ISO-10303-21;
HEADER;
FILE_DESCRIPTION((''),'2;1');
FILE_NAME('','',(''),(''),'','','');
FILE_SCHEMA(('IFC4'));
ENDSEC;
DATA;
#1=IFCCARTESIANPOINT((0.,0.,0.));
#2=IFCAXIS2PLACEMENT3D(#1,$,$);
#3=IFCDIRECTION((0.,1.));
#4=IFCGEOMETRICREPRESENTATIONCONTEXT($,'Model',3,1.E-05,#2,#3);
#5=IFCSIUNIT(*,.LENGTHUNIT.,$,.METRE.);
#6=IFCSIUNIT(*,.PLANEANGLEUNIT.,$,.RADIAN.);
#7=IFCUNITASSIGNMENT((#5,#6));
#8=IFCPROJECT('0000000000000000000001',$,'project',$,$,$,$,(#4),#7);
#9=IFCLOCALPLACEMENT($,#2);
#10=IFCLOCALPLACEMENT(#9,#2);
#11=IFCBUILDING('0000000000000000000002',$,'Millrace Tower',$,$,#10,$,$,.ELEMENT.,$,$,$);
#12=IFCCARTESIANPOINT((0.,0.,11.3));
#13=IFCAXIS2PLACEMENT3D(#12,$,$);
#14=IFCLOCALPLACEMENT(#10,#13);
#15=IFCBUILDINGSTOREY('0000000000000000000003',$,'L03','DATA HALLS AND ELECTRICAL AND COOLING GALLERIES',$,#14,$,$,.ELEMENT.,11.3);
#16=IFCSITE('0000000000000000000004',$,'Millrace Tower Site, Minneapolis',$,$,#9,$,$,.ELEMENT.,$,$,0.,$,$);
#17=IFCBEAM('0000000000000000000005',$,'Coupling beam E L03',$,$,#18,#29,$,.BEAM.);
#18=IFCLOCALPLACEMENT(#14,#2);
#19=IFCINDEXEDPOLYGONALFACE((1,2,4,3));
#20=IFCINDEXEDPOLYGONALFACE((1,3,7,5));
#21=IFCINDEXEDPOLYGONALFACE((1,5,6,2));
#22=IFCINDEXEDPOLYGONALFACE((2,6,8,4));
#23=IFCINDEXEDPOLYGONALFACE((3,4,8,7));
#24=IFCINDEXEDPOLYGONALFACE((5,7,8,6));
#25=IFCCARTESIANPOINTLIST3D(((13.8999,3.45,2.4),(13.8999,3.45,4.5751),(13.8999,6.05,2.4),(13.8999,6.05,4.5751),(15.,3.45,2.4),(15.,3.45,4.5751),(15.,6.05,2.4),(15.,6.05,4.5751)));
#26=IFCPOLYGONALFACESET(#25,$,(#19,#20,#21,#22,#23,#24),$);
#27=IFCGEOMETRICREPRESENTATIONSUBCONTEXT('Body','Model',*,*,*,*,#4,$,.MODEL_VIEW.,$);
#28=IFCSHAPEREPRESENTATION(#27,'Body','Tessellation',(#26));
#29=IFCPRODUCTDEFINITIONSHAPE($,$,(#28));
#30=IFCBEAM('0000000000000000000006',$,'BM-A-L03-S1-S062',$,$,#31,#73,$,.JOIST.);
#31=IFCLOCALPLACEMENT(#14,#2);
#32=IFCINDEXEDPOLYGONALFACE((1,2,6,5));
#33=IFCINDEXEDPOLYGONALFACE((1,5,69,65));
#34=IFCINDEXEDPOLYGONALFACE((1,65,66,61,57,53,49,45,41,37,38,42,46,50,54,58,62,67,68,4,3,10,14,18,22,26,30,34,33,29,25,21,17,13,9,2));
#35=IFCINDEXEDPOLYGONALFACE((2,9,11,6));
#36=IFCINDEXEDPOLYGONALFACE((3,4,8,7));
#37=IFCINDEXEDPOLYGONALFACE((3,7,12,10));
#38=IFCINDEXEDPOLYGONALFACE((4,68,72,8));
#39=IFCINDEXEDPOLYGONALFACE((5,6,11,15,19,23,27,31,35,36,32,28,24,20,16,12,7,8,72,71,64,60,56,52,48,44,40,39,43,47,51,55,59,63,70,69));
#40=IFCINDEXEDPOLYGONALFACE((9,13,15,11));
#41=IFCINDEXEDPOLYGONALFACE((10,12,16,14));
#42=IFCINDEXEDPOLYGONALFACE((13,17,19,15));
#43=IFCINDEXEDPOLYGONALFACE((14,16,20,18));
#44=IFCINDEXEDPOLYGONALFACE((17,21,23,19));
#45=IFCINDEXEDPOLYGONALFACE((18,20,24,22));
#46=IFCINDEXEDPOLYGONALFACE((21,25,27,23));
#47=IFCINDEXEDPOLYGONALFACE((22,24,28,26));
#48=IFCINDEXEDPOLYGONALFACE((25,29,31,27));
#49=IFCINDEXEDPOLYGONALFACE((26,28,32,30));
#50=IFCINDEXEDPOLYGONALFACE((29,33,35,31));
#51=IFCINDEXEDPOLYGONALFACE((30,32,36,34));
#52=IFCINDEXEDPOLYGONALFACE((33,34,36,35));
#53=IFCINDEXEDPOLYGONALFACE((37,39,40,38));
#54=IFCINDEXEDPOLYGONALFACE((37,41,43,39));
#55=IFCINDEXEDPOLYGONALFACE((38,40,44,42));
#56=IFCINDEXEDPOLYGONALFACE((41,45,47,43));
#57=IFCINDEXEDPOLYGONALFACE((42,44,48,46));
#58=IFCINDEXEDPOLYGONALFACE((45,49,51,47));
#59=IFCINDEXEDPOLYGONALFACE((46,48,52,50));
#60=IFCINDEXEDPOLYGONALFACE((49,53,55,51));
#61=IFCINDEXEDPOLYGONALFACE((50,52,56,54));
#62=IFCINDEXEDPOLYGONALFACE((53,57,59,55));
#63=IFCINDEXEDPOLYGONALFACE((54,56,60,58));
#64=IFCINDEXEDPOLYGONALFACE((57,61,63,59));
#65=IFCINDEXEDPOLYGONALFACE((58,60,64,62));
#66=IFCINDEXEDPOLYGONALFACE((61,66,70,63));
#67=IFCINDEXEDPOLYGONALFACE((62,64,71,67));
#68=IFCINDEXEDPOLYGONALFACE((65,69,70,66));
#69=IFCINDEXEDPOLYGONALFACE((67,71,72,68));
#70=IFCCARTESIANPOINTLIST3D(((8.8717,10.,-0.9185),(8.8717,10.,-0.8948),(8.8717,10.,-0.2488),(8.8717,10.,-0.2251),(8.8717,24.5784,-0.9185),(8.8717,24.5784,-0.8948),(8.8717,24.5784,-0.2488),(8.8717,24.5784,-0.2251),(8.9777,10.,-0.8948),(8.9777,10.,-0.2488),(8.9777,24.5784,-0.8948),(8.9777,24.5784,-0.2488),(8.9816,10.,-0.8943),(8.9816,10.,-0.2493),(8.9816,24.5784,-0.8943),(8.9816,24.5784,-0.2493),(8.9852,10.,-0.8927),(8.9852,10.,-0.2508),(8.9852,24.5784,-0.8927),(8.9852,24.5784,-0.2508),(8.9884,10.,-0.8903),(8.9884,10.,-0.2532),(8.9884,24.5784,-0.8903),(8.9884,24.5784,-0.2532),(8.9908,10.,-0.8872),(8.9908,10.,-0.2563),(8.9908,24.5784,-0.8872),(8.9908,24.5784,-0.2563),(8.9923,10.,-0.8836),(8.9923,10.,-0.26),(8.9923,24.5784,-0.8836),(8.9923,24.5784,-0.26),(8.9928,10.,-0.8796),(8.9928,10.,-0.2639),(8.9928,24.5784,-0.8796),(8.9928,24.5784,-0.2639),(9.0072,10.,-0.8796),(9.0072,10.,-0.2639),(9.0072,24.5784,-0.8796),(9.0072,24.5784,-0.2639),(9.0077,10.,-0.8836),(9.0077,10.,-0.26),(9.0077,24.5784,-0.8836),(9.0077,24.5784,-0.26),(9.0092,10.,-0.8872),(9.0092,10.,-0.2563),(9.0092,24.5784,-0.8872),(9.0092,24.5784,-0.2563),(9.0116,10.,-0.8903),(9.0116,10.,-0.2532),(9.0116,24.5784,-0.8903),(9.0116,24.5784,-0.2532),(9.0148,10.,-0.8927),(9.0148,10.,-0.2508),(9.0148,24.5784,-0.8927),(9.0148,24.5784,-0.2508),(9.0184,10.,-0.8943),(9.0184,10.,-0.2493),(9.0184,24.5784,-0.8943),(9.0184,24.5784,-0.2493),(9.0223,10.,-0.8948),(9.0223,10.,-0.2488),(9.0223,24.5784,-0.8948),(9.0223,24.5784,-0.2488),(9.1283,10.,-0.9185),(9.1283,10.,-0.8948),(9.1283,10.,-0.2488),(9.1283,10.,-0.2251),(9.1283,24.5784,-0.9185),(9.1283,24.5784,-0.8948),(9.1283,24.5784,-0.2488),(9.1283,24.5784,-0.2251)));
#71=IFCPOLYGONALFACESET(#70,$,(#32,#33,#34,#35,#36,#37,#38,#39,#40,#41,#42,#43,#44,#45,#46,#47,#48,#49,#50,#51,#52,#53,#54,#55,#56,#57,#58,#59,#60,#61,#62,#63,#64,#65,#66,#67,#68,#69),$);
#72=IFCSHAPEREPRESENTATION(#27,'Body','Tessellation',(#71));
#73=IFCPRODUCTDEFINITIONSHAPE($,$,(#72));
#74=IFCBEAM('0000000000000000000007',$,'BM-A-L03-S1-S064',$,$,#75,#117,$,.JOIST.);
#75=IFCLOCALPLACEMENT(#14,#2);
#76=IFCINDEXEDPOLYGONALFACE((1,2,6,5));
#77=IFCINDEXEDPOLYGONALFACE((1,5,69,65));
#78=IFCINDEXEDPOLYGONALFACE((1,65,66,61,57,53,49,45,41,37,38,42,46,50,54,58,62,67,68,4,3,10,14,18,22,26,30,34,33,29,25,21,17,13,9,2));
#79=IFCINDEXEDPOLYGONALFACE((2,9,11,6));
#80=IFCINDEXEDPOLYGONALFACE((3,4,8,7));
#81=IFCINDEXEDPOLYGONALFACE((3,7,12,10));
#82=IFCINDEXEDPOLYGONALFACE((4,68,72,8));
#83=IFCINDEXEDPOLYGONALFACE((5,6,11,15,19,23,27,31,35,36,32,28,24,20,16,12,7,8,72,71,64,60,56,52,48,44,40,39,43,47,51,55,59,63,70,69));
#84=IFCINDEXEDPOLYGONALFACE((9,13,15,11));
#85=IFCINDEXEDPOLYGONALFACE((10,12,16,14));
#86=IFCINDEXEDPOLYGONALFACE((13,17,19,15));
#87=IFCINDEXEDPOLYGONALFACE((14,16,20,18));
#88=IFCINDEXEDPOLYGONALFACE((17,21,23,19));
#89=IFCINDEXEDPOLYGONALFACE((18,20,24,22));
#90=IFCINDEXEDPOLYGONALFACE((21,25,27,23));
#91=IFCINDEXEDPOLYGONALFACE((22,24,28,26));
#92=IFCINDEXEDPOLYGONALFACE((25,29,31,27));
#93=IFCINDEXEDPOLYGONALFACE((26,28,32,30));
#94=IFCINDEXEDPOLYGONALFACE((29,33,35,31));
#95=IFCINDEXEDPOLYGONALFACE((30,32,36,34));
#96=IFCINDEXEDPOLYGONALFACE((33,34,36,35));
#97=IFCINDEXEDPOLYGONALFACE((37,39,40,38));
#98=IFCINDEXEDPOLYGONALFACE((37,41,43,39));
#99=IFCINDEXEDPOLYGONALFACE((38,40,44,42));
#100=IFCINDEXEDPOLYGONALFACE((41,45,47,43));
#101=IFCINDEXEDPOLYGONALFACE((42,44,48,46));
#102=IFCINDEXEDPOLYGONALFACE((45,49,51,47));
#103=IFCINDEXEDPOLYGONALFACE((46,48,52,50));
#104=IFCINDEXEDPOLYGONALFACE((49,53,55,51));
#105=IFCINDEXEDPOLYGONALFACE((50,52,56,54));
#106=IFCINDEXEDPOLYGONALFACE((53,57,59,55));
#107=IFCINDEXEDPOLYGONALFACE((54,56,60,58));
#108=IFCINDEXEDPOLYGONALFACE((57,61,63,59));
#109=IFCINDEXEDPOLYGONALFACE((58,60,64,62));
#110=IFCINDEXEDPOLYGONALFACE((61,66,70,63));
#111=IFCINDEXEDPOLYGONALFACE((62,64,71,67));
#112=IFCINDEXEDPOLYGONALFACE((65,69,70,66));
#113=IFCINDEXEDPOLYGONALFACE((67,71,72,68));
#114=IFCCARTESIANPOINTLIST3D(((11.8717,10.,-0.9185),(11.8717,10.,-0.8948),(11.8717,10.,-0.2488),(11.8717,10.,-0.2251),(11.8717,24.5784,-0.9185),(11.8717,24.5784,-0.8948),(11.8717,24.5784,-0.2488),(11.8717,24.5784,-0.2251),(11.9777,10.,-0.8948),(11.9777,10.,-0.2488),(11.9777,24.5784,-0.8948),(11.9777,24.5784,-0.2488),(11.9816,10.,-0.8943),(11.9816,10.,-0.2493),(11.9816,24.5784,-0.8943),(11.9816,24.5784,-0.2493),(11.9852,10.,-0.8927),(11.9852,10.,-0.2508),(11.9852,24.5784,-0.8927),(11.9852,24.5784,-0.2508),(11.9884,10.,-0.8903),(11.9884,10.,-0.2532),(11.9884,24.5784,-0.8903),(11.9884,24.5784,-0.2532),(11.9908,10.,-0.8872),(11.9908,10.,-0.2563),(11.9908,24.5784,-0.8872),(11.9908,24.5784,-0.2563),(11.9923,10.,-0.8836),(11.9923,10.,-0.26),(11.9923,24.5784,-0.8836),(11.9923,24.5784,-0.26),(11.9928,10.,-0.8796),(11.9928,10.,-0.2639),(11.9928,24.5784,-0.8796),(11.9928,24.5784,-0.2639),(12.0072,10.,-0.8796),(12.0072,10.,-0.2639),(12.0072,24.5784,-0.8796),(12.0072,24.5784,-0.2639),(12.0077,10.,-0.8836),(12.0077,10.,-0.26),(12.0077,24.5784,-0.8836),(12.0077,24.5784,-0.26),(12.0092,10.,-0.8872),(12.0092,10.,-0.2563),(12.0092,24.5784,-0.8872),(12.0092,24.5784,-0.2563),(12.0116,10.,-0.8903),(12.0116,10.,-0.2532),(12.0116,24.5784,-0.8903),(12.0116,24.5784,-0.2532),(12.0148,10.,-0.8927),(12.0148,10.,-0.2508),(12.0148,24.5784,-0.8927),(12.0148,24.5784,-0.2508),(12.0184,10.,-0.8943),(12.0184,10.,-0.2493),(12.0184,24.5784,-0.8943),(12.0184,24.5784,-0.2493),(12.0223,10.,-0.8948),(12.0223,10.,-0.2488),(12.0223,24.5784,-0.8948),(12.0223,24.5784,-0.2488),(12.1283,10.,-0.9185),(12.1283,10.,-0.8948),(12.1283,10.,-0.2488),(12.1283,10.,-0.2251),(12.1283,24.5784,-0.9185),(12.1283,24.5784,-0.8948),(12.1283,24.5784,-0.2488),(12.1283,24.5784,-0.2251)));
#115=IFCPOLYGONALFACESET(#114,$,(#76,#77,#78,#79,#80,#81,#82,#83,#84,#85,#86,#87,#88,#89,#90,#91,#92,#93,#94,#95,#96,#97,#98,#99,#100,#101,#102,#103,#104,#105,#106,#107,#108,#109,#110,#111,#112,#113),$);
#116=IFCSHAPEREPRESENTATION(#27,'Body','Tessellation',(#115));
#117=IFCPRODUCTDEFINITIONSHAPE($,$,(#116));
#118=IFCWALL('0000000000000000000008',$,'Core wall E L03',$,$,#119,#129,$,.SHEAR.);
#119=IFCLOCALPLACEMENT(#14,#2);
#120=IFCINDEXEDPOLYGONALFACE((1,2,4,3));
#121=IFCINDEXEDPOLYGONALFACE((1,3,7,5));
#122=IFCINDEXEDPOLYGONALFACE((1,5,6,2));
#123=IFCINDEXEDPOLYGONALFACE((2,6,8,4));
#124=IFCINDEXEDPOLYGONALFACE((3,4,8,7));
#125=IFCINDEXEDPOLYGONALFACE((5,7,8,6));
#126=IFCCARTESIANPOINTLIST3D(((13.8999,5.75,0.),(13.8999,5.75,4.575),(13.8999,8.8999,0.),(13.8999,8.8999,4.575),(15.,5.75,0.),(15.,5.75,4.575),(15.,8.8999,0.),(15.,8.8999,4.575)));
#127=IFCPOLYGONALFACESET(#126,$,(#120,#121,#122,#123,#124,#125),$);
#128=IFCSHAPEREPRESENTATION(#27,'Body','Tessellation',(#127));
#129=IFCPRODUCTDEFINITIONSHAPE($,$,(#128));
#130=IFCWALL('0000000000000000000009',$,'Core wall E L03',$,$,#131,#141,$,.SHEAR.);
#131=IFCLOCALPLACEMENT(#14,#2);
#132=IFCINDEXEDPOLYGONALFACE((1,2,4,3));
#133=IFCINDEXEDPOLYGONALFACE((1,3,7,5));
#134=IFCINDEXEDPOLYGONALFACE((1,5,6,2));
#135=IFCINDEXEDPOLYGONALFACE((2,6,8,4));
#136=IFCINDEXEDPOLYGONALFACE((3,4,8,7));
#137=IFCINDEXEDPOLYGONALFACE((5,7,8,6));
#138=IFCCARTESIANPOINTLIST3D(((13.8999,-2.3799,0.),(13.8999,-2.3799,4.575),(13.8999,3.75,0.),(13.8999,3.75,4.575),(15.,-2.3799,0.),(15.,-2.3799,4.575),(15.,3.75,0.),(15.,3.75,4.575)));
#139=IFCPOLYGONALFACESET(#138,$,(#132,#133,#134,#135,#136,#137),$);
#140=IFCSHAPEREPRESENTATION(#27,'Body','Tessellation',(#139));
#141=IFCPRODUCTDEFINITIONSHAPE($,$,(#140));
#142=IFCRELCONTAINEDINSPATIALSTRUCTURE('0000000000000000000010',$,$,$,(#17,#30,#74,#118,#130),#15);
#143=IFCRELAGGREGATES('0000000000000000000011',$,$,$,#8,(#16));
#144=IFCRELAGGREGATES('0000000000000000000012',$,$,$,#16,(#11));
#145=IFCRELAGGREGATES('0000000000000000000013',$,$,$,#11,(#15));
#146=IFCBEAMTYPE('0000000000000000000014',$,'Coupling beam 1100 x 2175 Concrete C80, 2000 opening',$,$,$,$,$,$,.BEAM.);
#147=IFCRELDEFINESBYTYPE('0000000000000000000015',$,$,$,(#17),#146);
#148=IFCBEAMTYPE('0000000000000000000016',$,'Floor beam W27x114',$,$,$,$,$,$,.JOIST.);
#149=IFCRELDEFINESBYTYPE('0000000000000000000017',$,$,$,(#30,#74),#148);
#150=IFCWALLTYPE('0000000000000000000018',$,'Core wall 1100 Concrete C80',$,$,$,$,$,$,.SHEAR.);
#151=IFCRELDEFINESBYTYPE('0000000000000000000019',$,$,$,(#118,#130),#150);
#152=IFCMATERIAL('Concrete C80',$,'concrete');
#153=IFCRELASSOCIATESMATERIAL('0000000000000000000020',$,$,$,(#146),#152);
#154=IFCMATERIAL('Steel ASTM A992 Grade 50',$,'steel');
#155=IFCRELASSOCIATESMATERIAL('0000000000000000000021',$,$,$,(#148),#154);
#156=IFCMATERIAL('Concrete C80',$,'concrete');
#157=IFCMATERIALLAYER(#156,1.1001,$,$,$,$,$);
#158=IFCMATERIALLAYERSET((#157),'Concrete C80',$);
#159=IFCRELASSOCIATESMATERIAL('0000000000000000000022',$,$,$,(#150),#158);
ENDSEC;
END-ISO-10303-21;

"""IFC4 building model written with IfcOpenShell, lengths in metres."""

from ifc_helpers import new_model, si_unit, direction, frame, frame_2d, origin, origin_2d, place, context, subcontext, project, spatial, rectangle, i_section, extrude, material, layer, layer_set, material_profile, profile_set, type_object, element, save


model = new_model("IFC4")

# Units and contexts
model_context = context("Model", 3, precision=1e-05, world=origin(), true_north=direction((0.0, 1.0)))
body_context = subcontext(model_context, "Body", "Model", "MODEL_VIEW")
ifc_project = project(units=[si_unit("LENGTHUNIT", "METRE"), si_unit("PLANEANGLEUNIT", "RADIAN")], contexts=[model_context])

# Site, building, storey
site_placement = place(None, origin())
site = spatial("IfcSite", under=ifc_project, at=site_placement, Name="Millrace Tower Site, Minneapolis", CompositionType="ELEMENT", RefElevation=0.0)
building_placement = place(site_placement, origin())
building = spatial("IfcBuilding", under=site, at=building_placement, Name="Millrace Tower", CompositionType="ELEMENT")
storey_placement = place(building_placement, frame((0.0, 0.0, 11.3)))
storey = spatial("IfcBuildingStorey", under=building, at=storey_placement, Name="L03", Description="DATA HALLS AND ELECTRICAL AND COOLING GALLERIES", CompositionType="ELEMENT", Elevation=11.3)

# Beams
ifc_material_1 = material(Name="Concrete C80", Category="concrete")
ifc_material_profile_1 = material_profile(ifc_material_1, rectangle(XDim=1.1001, YDim=2.175, at=origin_2d()))
ifc_profile_set_1 = profile_set([ifc_material_profile_1], Name="Concrete C80")
beam_type_1 = type_object("IfcBeamType", Name="Coupling beam 1100 x 2175 Concrete C80, 2000 opening", PredefinedType="BEAM", material=ifc_profile_set_1)
beam_placement = place(storey_placement, frame((14.45, 6.05, 3.4875), z_axis=(0.0, -1.0, 0.0), x_axis=(1.0, 0.0, 0.0)))
element("IfcBeam", 1, at=beam_placement, inside=storey, type_object=beam_type_1, Name="Coupling beam E L03", PredefinedType="BEAM", context=body_context, shape_type="SweptSolid", body=[
    extrude(rectangle(XDim=1.1001, YDim=2.175, at=origin_2d()), origin(), (0.0, 0.0, 1.0), 2.6001),
])
ifc_material_2 = material(Name="Steel ASTM A992 Grade 50", Category="steel")
ifc_material_profile_2 = material_profile(ifc_material_2, i_section(OverallWidth=0.2566, OverallDepth=0.6934, WebThickness=0.0144, FlangeThickness=0.0237, FilletRadius=0.0151, at=origin_2d()))
ifc_profile_set_2 = profile_set([ifc_material_profile_2], Name="Steel ASTM A992 Grade 50")
beam_type_2 = type_object("IfcBeamType", Name="Floor beam W27x114", PredefinedType="JOIST", material=ifc_profile_set_2)
for number, where, z_axis, x_axis, name in (
    (2, (9.0, 10.0, -0.5718), (0.0, 1.0, 0.0), (-1.0, 0.0, 0.0), "BM-A-L03-S1-S062"),
    (3, (12.0, 10.0, -0.5718), (0.0, 1.0, 0.0), (-1.0, 0.0, 0.0), "BM-A-L03-S1-S064"),
):
    element("IfcBeam", number, at=place(storey_placement, frame(where, z_axis=z_axis, x_axis=x_axis)), inside=storey, type_object=beam_type_2, Name=name, PredefinedType="JOIST", context=body_context, shape_type="SweptSolid", body=[
        extrude(i_section(OverallWidth=0.2566, OverallDepth=0.6934, WebThickness=0.0144, FlangeThickness=0.0237, FilletRadius=0.0151, at=origin_2d()), origin(), (0.0, 0.0, 1.0), 14.5784),
    ])

# Walls
ifc_material_3 = material(Name="Concrete C80", Category="concrete")
ifc_layer_1 = layer(ifc_material_3, 1.1001)
ifc_layer_set_1 = layer_set([ifc_layer_1], Name="Concrete C80")
wall_type_1 = type_object("IfcWallType", Name="Core wall 1100 Concrete C80", PredefinedType="SHEAR", material=ifc_layer_set_1)
wall_1_placement = place(storey_placement, frame((14.45, 8.8999, 0.0), z_axis=(0.0, 0.0, 1.0), x_axis=(0.0, -1.0, 0.0)))
element("IfcWall", 4, at=wall_1_placement, inside=storey, type_object=wall_type_1, Name="Core wall E L03", PredefinedType="SHEAR", context=body_context, shape_type="SweptSolid", body=[
    extrude(rectangle(XDim=3.1499, YDim=1.1001, at=frame_2d((1.575, 0.0))), origin(), (0.0, 0.0, 1.0), 4.575),
])
wall_2_placement = place(storey_placement, frame((14.45, 3.75, 0.0), z_axis=(0.0, 0.0, 1.0), x_axis=(0.0, -1.0, 0.0)))
element("IfcWall", 5, at=wall_2_placement, inside=storey, type_object=wall_type_1, Name="Core wall E L03", PredefinedType="SHEAR", context=body_context, shape_type="SweptSolid", body=[
    extrude(rectangle(XDim=6.1299, YDim=1.1001, at=frame_2d((3.0649, 0.0))), origin(), (0.0, 0.0, 1.0), 4.575),
])

save(model, "model.ifc")
